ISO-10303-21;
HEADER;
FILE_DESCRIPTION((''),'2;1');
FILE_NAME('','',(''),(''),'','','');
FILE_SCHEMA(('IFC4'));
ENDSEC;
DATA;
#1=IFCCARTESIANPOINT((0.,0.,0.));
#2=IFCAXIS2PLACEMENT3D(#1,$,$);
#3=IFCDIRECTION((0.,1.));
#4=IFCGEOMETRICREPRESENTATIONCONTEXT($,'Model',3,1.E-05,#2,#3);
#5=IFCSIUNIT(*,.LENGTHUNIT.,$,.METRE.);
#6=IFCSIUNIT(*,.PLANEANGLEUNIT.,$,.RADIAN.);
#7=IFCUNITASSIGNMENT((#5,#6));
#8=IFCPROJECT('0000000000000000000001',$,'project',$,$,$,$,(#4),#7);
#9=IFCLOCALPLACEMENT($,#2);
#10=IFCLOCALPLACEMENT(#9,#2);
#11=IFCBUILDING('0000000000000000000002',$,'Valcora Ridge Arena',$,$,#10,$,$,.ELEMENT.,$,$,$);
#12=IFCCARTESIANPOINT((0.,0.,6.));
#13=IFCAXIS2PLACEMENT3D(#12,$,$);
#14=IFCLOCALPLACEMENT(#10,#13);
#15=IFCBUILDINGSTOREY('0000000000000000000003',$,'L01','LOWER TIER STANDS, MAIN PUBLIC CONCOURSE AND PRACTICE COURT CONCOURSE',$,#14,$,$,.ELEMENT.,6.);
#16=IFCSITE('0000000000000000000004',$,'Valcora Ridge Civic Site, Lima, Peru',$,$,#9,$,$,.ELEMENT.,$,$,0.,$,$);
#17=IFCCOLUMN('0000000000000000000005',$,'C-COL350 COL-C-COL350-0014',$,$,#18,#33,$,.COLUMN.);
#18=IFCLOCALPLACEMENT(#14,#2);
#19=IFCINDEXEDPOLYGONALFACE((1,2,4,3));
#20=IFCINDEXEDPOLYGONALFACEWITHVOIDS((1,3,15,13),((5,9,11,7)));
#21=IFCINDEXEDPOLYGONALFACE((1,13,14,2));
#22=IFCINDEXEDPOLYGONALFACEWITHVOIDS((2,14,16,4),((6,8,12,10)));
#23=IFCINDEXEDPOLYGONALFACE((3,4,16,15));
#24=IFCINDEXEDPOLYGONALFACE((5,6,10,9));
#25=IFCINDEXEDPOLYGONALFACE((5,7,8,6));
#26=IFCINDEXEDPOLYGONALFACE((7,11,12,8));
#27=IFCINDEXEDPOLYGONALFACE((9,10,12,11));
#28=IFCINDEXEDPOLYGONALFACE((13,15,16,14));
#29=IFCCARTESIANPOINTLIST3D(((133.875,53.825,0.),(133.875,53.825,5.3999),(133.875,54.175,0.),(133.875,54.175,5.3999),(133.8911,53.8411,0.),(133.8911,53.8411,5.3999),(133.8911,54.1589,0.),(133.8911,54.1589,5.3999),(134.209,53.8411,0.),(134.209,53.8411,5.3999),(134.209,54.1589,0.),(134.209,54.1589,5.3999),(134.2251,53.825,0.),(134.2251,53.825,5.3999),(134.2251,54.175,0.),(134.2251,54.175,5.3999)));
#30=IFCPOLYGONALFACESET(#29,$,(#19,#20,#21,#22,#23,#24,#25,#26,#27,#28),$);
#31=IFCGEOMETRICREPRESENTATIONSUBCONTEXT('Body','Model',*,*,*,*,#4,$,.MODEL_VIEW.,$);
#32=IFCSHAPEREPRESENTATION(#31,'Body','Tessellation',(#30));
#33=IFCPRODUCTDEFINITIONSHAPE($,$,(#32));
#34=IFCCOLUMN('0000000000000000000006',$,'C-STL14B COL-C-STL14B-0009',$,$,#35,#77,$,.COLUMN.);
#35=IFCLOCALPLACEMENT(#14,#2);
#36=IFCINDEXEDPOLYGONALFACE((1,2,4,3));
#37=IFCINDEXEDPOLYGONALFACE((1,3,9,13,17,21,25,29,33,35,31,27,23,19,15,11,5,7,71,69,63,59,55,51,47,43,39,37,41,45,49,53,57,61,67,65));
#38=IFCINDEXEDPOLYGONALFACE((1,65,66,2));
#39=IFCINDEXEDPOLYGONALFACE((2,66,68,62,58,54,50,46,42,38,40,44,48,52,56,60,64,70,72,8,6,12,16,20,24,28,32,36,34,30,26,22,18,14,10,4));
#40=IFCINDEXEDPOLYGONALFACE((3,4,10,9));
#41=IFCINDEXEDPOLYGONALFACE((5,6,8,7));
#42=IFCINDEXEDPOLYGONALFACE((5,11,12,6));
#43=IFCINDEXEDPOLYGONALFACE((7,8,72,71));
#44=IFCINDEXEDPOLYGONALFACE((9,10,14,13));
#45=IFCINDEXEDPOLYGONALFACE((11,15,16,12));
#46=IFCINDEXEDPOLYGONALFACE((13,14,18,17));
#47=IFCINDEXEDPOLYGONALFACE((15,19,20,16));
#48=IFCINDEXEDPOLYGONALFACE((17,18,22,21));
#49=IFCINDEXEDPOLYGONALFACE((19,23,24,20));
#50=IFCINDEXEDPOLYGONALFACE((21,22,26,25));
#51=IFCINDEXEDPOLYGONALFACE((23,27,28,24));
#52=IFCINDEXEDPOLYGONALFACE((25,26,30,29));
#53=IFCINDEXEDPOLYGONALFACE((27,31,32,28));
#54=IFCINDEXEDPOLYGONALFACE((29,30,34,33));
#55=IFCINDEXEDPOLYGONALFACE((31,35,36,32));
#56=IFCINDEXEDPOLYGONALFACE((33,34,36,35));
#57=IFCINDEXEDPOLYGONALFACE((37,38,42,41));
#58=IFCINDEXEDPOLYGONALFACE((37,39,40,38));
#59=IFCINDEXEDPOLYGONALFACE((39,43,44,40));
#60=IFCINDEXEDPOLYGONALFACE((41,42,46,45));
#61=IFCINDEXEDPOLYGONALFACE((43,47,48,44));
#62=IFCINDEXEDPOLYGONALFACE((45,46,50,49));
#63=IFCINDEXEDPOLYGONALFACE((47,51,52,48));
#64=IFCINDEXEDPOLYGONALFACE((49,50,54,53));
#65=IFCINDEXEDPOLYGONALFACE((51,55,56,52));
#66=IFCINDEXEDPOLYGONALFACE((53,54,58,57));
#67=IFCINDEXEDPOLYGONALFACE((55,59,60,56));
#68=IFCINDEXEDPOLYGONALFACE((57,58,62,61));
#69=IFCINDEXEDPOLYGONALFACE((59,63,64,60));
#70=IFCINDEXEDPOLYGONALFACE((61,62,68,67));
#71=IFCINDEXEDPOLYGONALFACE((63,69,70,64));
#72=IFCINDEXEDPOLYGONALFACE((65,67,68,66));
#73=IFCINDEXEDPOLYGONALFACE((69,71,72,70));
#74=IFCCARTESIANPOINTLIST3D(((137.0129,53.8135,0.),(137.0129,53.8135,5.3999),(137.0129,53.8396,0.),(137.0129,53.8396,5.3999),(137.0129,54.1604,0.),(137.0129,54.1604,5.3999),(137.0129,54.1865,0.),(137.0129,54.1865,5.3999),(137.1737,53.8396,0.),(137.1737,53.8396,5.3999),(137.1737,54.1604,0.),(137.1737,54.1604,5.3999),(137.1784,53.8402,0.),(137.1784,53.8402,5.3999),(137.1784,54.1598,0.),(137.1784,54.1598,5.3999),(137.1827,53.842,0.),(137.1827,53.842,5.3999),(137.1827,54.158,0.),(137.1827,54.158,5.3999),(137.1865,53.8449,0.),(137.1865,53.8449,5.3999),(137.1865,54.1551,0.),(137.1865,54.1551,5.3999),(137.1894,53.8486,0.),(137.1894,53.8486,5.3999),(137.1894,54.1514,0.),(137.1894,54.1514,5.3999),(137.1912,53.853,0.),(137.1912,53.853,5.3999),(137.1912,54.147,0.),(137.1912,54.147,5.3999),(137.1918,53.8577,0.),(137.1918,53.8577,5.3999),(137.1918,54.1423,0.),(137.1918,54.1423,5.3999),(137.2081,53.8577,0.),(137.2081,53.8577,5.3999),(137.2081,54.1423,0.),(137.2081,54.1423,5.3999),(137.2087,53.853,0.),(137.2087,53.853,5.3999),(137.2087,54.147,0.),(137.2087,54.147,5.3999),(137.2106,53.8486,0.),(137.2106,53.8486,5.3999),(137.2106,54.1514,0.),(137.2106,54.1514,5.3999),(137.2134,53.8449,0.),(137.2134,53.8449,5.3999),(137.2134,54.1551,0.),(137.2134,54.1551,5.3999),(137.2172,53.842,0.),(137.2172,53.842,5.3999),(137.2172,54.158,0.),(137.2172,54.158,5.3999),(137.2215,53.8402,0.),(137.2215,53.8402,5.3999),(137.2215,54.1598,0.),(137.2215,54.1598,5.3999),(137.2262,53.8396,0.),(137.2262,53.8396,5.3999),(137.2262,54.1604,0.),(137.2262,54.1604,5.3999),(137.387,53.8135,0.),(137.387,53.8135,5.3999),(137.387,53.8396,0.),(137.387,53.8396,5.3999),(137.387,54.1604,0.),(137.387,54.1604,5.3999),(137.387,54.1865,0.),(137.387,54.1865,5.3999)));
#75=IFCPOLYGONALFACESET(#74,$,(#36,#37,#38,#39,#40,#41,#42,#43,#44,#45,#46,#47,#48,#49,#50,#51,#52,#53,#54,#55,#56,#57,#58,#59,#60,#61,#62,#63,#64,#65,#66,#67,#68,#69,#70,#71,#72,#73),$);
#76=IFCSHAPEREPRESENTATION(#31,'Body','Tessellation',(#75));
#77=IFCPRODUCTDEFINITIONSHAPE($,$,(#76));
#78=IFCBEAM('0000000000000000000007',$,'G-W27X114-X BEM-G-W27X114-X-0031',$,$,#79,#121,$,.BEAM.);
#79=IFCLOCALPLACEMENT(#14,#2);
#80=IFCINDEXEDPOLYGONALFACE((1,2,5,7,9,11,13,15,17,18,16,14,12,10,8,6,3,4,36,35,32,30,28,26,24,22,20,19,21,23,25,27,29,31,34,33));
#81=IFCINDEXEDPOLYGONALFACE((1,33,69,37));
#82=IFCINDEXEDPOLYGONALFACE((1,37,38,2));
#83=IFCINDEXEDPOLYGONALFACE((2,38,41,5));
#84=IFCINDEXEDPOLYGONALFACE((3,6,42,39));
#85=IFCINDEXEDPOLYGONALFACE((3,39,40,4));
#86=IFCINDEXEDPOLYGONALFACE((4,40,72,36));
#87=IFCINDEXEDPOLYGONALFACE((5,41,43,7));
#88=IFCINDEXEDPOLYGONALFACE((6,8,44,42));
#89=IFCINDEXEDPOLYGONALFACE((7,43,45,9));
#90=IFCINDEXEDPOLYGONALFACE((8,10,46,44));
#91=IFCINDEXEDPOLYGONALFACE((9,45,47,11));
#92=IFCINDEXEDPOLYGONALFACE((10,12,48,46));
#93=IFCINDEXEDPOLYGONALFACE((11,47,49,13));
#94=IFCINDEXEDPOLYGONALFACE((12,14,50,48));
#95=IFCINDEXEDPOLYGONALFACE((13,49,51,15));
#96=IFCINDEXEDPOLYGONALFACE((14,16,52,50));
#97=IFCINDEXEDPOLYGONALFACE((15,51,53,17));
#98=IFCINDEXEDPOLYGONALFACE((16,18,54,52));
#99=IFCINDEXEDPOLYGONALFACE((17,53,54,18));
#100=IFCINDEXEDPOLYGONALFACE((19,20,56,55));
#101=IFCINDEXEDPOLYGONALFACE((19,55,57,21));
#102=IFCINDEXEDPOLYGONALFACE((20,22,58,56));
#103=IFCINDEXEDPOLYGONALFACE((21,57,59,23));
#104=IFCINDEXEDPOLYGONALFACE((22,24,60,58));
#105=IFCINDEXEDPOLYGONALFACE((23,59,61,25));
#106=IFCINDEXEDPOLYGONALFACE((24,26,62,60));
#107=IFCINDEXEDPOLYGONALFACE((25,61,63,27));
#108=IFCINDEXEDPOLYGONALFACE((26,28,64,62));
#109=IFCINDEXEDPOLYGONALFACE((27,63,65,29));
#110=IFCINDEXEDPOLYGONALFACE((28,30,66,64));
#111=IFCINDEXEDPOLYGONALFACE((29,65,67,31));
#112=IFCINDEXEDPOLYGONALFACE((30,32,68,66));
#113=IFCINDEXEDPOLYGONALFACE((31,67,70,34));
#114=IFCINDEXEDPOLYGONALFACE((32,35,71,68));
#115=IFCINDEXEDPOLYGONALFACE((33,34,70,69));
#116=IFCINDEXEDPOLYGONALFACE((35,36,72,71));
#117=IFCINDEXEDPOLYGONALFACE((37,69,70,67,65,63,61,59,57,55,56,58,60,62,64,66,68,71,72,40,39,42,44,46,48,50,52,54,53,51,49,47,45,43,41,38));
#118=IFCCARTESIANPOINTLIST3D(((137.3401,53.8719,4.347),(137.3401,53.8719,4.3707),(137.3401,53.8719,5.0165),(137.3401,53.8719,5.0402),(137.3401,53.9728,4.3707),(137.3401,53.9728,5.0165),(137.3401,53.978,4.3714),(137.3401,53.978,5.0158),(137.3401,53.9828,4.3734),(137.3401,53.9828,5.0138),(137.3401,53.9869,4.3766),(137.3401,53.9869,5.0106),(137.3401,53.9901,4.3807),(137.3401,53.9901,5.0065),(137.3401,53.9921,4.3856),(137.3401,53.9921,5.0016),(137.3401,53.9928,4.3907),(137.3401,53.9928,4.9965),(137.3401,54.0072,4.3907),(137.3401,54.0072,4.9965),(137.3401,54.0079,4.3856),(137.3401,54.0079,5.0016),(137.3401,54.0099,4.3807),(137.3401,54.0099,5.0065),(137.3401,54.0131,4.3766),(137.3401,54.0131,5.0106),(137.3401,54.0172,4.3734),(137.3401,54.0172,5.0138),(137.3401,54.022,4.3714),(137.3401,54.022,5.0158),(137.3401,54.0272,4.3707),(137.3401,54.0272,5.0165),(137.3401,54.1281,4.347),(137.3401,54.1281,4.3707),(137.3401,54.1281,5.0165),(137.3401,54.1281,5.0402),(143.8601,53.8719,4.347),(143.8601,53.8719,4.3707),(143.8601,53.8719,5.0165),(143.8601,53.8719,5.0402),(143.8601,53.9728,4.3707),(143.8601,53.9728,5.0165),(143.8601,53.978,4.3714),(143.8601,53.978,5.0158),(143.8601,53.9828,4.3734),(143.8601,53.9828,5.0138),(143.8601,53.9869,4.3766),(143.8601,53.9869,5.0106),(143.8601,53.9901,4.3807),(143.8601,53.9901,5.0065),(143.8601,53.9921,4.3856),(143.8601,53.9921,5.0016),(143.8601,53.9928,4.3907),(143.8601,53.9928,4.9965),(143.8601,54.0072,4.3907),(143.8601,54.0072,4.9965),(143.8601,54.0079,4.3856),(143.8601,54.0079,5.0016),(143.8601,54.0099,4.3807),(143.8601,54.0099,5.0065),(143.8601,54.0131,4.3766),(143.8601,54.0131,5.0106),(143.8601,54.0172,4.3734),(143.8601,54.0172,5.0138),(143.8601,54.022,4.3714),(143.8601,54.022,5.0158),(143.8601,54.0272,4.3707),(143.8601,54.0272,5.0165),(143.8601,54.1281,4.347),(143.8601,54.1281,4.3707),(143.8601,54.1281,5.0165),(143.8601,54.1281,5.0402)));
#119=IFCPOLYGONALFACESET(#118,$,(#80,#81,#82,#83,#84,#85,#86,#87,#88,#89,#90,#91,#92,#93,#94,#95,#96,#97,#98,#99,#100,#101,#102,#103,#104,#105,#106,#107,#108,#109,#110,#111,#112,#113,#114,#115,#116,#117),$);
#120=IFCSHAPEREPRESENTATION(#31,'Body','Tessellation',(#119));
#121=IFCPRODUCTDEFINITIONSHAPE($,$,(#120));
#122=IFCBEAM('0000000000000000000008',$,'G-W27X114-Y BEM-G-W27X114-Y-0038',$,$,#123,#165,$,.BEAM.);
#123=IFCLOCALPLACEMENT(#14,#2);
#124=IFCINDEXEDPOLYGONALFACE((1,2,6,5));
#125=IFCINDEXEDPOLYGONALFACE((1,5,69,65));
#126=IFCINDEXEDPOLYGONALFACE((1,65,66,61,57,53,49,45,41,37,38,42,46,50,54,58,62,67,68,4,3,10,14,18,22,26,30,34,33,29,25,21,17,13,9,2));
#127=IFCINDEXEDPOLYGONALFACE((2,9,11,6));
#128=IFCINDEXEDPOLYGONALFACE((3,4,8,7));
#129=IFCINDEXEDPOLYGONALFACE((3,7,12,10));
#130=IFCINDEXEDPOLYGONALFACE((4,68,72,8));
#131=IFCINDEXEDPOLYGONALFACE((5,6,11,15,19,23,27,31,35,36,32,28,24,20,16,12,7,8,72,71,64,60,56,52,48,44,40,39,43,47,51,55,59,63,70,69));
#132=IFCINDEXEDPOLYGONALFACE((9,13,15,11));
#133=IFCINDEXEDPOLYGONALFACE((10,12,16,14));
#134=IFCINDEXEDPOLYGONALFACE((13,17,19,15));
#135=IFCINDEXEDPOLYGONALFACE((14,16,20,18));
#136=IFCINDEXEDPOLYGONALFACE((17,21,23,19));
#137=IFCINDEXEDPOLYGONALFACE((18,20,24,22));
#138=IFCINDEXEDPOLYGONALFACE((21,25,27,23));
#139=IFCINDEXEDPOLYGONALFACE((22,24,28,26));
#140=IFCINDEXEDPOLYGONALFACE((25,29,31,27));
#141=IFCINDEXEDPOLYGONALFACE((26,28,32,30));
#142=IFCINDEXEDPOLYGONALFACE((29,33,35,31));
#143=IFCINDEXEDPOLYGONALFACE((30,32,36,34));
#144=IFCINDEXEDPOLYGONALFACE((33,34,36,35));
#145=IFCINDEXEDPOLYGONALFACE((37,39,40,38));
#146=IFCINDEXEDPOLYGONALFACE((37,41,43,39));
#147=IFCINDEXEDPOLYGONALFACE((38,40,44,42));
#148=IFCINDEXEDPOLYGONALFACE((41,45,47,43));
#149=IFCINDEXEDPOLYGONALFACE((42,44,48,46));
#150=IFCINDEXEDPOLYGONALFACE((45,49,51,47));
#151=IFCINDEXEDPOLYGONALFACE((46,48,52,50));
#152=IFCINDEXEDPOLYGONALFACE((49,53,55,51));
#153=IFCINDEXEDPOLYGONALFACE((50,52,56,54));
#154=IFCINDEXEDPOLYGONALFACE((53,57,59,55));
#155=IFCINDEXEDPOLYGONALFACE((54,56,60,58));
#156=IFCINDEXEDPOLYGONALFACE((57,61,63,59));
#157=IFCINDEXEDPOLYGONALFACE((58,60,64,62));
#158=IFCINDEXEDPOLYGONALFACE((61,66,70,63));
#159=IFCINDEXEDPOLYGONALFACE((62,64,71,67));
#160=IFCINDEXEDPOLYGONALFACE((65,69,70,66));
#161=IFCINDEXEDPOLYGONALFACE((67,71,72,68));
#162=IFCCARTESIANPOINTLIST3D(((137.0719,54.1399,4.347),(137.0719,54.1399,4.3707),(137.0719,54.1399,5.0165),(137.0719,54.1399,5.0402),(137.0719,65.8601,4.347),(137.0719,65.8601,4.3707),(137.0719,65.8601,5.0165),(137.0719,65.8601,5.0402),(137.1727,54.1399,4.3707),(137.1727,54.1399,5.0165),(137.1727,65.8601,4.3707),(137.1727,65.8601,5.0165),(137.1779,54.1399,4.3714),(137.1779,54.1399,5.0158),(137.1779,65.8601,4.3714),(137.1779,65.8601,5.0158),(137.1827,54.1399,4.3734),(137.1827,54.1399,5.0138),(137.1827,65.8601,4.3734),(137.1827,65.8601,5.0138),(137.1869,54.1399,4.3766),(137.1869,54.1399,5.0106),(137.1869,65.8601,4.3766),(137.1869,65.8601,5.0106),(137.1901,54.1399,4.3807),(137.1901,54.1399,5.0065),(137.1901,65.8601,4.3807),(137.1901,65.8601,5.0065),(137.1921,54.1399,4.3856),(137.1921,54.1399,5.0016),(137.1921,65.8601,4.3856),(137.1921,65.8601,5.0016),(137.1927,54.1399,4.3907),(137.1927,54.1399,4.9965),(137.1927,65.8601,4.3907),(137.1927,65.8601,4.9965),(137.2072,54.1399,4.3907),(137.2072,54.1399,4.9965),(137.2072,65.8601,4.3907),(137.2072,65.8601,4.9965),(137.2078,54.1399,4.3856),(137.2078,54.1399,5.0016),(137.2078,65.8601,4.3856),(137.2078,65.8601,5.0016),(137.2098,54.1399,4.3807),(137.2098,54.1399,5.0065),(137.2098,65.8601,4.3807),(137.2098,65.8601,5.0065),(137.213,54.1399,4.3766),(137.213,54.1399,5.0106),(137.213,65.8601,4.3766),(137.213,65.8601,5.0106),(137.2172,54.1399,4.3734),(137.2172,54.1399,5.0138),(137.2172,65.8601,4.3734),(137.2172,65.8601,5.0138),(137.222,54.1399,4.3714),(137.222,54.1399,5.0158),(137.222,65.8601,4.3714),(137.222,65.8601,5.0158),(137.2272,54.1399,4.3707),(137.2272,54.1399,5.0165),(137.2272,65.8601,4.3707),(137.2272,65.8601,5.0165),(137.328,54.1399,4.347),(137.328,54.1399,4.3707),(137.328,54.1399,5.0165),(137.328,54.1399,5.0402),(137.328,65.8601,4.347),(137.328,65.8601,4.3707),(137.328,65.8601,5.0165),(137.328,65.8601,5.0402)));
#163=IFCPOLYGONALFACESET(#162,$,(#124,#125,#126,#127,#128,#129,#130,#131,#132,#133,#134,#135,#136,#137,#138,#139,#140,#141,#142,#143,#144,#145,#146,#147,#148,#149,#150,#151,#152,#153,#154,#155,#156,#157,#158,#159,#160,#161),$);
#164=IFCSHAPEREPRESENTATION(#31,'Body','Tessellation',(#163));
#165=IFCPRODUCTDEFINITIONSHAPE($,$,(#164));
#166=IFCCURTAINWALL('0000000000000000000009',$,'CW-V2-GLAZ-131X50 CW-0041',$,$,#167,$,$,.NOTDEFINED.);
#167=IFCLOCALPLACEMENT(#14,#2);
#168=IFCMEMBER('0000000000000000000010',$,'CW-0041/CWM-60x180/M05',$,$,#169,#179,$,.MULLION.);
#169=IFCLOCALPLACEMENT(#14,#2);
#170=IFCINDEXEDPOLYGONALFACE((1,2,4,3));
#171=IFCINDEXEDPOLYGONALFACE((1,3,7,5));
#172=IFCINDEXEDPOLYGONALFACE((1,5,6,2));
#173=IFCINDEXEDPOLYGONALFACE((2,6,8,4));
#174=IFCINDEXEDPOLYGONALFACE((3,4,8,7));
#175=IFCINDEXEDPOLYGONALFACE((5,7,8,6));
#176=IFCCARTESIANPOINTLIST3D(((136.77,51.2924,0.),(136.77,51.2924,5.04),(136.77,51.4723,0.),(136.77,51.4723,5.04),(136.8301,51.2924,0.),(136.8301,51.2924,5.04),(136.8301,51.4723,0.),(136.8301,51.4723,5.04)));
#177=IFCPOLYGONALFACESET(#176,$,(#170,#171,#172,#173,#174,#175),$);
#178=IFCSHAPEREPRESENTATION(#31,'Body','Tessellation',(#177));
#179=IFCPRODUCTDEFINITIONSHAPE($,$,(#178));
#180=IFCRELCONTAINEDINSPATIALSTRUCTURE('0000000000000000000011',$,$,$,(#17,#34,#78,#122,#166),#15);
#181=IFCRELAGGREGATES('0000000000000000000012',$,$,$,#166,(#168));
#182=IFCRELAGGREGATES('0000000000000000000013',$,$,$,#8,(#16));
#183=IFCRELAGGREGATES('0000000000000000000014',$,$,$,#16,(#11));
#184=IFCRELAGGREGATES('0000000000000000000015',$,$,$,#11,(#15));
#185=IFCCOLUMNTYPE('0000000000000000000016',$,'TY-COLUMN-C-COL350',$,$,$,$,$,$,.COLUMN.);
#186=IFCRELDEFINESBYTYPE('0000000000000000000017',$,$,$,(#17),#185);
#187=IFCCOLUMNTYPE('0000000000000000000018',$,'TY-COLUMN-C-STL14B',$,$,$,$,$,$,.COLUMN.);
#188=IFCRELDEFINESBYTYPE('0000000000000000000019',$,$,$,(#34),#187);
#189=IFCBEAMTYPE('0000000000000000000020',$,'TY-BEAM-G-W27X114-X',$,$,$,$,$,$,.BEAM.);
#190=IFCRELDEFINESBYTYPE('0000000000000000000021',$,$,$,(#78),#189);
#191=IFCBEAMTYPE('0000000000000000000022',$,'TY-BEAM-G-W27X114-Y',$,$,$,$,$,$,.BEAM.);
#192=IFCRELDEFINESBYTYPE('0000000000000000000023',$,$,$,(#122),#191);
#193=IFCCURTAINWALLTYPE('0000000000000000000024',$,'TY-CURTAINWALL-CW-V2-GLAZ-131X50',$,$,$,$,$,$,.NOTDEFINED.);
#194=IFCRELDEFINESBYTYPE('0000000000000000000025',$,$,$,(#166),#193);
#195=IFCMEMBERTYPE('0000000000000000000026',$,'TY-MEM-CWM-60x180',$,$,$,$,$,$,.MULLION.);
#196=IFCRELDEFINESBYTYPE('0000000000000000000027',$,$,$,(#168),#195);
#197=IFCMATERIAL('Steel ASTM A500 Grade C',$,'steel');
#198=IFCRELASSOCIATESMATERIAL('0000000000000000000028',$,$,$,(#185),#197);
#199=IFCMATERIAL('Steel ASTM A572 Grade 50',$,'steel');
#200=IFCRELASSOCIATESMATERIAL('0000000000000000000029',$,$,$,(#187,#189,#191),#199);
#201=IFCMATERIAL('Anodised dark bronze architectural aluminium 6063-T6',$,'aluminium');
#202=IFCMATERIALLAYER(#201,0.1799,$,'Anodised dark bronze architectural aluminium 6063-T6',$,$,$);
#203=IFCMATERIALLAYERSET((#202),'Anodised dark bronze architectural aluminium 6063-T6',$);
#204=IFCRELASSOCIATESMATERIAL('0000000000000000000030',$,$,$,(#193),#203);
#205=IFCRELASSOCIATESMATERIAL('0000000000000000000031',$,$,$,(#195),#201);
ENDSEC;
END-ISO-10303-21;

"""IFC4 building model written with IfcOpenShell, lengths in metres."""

from ifc_helpers import new_model, si_unit, direction, frame, origin, origin_2d, place, context, subcontext, project, spatial, rectangle, hollow_rectangle, i_section, extrude, material, layer, layer_set, material_profile, profile_set, type_object, element, aggregate, save


model = new_model("IFC4")

# Units and contexts
model_context = context("Model", 3, precision=1e-05, world=origin(), true_north=direction((0.0, 1.0)))
body_context = subcontext(model_context, "Body", "Model", "MODEL_VIEW")
ifc_project = project(units=[si_unit("LENGTHUNIT", "METRE"), si_unit("PLANEANGLEUNIT", "RADIAN")], contexts=[model_context])

# Site, building, storey
site_placement = place(None, origin())
site = spatial("IfcSite", under=ifc_project, at=site_placement, Name="Valcora Ridge Civic Site, Lima, Peru", CompositionType="ELEMENT", RefElevation=0.0)
building_placement = place(site_placement, origin())
building = spatial("IfcBuilding", under=site, at=building_placement, Name="Valcora Ridge Arena", CompositionType="ELEMENT")
storey_placement = place(building_placement, frame((0.0, 0.0, 6.0)))
storey = spatial("IfcBuildingStorey", under=building, at=storey_placement, Name="L01", Description="LOWER TIER STANDS, MAIN PUBLIC CONCOURSE AND PRACTICE COURT CONCOURSE", CompositionType="ELEMENT", Elevation=6.0)

# Columns
ifc_material_1 = material(Name="Steel ASTM A500 Grade C", Category="steel")
ifc_material_profile_1 = material_profile(ifc_material_1, hollow_rectangle(XDim=0.3501, YDim=0.3501, WallThickness=0.0161, at=origin_2d()), Name="HSS350X350X16")
ifc_profile_set_1 = profile_set([ifc_material_profile_1], Name="Steel ASTM A500 Grade C")
column_type_1 = type_object("IfcColumnType", Name="TY-COLUMN-C-COL350", PredefinedType="COLUMN", material=ifc_profile_set_1)
column_1_placement = place(storey_placement, frame((134.05, 54.0, 0.0), z_axis=(0.0, 0.0, 1.0), x_axis=(1.0, 0.0, 0.0)))
element("IfcColumn", 1, at=column_1_placement, inside=storey, type_object=column_type_1, Name="C-COL350 COL-C-COL350-0014", PredefinedType="COLUMN", context=body_context, shape_type="SweptSolid", body=[
    extrude(hollow_rectangle(XDim=0.3501, YDim=0.3501, WallThickness=0.0161, at=origin_2d()), origin(), (0.0, 0.0, 1.0), 5.3999),
])
ifc_material_2 = material(Name="Steel ASTM A572 Grade 50", Category="steel")
ifc_material_profile_2 = material_profile(ifc_material_2, i_section(OverallWidth=0.374, OverallDepth=0.373, WebThickness=0.0164, FlangeThickness=0.0261, FilletRadius=0.0181, at=origin_2d()), Name="W14X132")
ifc_profile_set_2 = profile_set([ifc_material_profile_2], Name="Steel ASTM A572 Grade 50")
column_type_2 = type_object("IfcColumnType", Name="TY-COLUMN-C-STL14B", PredefinedType="COLUMN", material=ifc_profile_set_2)
column_2_placement = place(storey_placement, frame((137.2, 54.0, 0.0), z_axis=(0.0, 0.0, 1.0), x_axis=(1.0, 0.0, 0.0)))
element("IfcColumn", 2, at=column_2_placement, inside=storey, type_object=column_type_2, Name="C-STL14B COL-C-STL14B-0009", PredefinedType="COLUMN", context=body_context, shape_type="SweptSolid", body=[
    extrude(i_section(OverallWidth=0.374, OverallDepth=0.373, WebThickness=0.0164, FlangeThickness=0.0261, FilletRadius=0.0181, at=origin_2d()), origin(), (0.0, 0.0, 1.0), 5.3999),
])

# Beams
ifc_material_profile_3 = material_profile(ifc_material_2, i_section(OverallWidth=0.2561, OverallDepth=0.6931, WebThickness=0.0144, FlangeThickness=0.0237, FilletRadius=0.02, at=origin_2d()), Name="W27X114")
ifc_profile_set_3 = profile_set([ifc_material_profile_3], Name="Steel ASTM A572 Grade 50")
beam_type_1 = type_object("IfcBeamType", Name="TY-BEAM-G-W27X114-X", PredefinedType="BEAM", material=ifc_profile_set_3)
beam_1_placement = place(storey_placement, frame((137.3401, 54.0, 4.6936), z_axis=(1.0, 0.0, 0.0), x_axis=(0.0, 1.0, 0.0)))
element("IfcBeam", 3, at=beam_1_placement, inside=storey, type_object=beam_type_1, Name="G-W27X114-X BEM-G-W27X114-X-0031", PredefinedType="BEAM", context=body_context, shape_type="SweptSolid", body=[
    extrude(i_section(OverallWidth=0.2561, OverallDepth=0.6931, WebThickness=0.0144, FlangeThickness=0.0237, FilletRadius=0.02, at=origin_2d()), origin(), (0.0, 0.0, 1.0), 6.52),
])
ifc_material_profile_4 = material_profile(ifc_material_2, i_section(OverallWidth=0.2561, OverallDepth=0.6931, WebThickness=0.0144, FlangeThickness=0.0237, FilletRadius=0.02, at=origin_2d()), Name="W27X114")
ifc_profile_set_4 = profile_set([ifc_material_profile_4], Name="Steel ASTM A572 Grade 50")
beam_type_2 = type_object("IfcBeamType", Name="TY-BEAM-G-W27X114-Y", PredefinedType="BEAM", material=ifc_profile_set_4)
beam_2_placement = place(storey_placement, frame((137.2, 54.1399, 4.6936), z_axis=(0.0, 1.0, 0.0), x_axis=(-1.0, 0.0, 0.0)))
element("IfcBeam", 4, at=beam_2_placement, inside=storey, type_object=beam_type_2, Name="G-W27X114-Y BEM-G-W27X114-Y-0038", PredefinedType="BEAM", context=body_context, shape_type="SweptSolid", body=[
    extrude(i_section(OverallWidth=0.2561, OverallDepth=0.6931, WebThickness=0.0144, FlangeThickness=0.0237, FilletRadius=0.02, at=origin_2d()), origin(), (0.0, 0.0, 1.0), 11.7202),
])

# Curtain wall, member
ifc_material_3 = material(Name="Anodised dark bronze architectural aluminium 6063-T6", Category="aluminium")
ifc_layer_1 = layer(ifc_material_3, 0.1799, Name="Anodised dark bronze architectural aluminium 6063-T6")
ifc_layer_set_1 = layer_set([ifc_layer_1], Name="Anodised dark bronze architectural aluminium 6063-T6")
curtain_wall_type_1 = type_object("IfcCurtainWallType", Name="TY-CURTAINWALL-CW-V2-GLAZ-131X50", PredefinedType="NOTDEFINED", material=ifc_layer_set_1)
curtain_wall_1_placement = place(storey_placement, origin())
curtain_wall_1 = element("IfcCurtainWall", 5, at=curtain_wall_1_placement, inside=storey, type_object=curtain_wall_type_1, Name="CW-V2-GLAZ-131X50 CW-0041", PredefinedType="NOTDEFINED")
ifc_material_profile_5 = material_profile(ifc_material_3, rectangle(XDim=0.0601, YDim=0.1799, at=origin_2d()), Name="ALU MULLION 60x180")
ifc_profile_set_5 = profile_set([ifc_material_profile_5], Name="Anodised dark bronze architectural aluminium 6063-T6")
member_type_1 = type_object("IfcMemberType", Name="TY-MEM-CWM-60x180", PredefinedType="MULLION", material=ifc_profile_set_5)
member_1_placement = place(storey_placement, frame((136.8, 51.3823, 0.0), z_axis=(0.0, 0.0, 1.0), x_axis=(-1.0, 0.0, 0.0)))
member_1 = element("IfcMember", 6, at=member_1_placement, type_object=member_type_1, Name="CW-0041/CWM-60x180/M05", PredefinedType="MULLION", context=body_context, shape_type="SweptSolid", body=[
    extrude(rectangle(XDim=0.0601, YDim=0.1799, at=origin_2d()), origin(), (0.0, 0.0, 1.0), 5.04),
])

aggregate(curtain_wall_1, [member_1])

save(model, "model.ifc")
